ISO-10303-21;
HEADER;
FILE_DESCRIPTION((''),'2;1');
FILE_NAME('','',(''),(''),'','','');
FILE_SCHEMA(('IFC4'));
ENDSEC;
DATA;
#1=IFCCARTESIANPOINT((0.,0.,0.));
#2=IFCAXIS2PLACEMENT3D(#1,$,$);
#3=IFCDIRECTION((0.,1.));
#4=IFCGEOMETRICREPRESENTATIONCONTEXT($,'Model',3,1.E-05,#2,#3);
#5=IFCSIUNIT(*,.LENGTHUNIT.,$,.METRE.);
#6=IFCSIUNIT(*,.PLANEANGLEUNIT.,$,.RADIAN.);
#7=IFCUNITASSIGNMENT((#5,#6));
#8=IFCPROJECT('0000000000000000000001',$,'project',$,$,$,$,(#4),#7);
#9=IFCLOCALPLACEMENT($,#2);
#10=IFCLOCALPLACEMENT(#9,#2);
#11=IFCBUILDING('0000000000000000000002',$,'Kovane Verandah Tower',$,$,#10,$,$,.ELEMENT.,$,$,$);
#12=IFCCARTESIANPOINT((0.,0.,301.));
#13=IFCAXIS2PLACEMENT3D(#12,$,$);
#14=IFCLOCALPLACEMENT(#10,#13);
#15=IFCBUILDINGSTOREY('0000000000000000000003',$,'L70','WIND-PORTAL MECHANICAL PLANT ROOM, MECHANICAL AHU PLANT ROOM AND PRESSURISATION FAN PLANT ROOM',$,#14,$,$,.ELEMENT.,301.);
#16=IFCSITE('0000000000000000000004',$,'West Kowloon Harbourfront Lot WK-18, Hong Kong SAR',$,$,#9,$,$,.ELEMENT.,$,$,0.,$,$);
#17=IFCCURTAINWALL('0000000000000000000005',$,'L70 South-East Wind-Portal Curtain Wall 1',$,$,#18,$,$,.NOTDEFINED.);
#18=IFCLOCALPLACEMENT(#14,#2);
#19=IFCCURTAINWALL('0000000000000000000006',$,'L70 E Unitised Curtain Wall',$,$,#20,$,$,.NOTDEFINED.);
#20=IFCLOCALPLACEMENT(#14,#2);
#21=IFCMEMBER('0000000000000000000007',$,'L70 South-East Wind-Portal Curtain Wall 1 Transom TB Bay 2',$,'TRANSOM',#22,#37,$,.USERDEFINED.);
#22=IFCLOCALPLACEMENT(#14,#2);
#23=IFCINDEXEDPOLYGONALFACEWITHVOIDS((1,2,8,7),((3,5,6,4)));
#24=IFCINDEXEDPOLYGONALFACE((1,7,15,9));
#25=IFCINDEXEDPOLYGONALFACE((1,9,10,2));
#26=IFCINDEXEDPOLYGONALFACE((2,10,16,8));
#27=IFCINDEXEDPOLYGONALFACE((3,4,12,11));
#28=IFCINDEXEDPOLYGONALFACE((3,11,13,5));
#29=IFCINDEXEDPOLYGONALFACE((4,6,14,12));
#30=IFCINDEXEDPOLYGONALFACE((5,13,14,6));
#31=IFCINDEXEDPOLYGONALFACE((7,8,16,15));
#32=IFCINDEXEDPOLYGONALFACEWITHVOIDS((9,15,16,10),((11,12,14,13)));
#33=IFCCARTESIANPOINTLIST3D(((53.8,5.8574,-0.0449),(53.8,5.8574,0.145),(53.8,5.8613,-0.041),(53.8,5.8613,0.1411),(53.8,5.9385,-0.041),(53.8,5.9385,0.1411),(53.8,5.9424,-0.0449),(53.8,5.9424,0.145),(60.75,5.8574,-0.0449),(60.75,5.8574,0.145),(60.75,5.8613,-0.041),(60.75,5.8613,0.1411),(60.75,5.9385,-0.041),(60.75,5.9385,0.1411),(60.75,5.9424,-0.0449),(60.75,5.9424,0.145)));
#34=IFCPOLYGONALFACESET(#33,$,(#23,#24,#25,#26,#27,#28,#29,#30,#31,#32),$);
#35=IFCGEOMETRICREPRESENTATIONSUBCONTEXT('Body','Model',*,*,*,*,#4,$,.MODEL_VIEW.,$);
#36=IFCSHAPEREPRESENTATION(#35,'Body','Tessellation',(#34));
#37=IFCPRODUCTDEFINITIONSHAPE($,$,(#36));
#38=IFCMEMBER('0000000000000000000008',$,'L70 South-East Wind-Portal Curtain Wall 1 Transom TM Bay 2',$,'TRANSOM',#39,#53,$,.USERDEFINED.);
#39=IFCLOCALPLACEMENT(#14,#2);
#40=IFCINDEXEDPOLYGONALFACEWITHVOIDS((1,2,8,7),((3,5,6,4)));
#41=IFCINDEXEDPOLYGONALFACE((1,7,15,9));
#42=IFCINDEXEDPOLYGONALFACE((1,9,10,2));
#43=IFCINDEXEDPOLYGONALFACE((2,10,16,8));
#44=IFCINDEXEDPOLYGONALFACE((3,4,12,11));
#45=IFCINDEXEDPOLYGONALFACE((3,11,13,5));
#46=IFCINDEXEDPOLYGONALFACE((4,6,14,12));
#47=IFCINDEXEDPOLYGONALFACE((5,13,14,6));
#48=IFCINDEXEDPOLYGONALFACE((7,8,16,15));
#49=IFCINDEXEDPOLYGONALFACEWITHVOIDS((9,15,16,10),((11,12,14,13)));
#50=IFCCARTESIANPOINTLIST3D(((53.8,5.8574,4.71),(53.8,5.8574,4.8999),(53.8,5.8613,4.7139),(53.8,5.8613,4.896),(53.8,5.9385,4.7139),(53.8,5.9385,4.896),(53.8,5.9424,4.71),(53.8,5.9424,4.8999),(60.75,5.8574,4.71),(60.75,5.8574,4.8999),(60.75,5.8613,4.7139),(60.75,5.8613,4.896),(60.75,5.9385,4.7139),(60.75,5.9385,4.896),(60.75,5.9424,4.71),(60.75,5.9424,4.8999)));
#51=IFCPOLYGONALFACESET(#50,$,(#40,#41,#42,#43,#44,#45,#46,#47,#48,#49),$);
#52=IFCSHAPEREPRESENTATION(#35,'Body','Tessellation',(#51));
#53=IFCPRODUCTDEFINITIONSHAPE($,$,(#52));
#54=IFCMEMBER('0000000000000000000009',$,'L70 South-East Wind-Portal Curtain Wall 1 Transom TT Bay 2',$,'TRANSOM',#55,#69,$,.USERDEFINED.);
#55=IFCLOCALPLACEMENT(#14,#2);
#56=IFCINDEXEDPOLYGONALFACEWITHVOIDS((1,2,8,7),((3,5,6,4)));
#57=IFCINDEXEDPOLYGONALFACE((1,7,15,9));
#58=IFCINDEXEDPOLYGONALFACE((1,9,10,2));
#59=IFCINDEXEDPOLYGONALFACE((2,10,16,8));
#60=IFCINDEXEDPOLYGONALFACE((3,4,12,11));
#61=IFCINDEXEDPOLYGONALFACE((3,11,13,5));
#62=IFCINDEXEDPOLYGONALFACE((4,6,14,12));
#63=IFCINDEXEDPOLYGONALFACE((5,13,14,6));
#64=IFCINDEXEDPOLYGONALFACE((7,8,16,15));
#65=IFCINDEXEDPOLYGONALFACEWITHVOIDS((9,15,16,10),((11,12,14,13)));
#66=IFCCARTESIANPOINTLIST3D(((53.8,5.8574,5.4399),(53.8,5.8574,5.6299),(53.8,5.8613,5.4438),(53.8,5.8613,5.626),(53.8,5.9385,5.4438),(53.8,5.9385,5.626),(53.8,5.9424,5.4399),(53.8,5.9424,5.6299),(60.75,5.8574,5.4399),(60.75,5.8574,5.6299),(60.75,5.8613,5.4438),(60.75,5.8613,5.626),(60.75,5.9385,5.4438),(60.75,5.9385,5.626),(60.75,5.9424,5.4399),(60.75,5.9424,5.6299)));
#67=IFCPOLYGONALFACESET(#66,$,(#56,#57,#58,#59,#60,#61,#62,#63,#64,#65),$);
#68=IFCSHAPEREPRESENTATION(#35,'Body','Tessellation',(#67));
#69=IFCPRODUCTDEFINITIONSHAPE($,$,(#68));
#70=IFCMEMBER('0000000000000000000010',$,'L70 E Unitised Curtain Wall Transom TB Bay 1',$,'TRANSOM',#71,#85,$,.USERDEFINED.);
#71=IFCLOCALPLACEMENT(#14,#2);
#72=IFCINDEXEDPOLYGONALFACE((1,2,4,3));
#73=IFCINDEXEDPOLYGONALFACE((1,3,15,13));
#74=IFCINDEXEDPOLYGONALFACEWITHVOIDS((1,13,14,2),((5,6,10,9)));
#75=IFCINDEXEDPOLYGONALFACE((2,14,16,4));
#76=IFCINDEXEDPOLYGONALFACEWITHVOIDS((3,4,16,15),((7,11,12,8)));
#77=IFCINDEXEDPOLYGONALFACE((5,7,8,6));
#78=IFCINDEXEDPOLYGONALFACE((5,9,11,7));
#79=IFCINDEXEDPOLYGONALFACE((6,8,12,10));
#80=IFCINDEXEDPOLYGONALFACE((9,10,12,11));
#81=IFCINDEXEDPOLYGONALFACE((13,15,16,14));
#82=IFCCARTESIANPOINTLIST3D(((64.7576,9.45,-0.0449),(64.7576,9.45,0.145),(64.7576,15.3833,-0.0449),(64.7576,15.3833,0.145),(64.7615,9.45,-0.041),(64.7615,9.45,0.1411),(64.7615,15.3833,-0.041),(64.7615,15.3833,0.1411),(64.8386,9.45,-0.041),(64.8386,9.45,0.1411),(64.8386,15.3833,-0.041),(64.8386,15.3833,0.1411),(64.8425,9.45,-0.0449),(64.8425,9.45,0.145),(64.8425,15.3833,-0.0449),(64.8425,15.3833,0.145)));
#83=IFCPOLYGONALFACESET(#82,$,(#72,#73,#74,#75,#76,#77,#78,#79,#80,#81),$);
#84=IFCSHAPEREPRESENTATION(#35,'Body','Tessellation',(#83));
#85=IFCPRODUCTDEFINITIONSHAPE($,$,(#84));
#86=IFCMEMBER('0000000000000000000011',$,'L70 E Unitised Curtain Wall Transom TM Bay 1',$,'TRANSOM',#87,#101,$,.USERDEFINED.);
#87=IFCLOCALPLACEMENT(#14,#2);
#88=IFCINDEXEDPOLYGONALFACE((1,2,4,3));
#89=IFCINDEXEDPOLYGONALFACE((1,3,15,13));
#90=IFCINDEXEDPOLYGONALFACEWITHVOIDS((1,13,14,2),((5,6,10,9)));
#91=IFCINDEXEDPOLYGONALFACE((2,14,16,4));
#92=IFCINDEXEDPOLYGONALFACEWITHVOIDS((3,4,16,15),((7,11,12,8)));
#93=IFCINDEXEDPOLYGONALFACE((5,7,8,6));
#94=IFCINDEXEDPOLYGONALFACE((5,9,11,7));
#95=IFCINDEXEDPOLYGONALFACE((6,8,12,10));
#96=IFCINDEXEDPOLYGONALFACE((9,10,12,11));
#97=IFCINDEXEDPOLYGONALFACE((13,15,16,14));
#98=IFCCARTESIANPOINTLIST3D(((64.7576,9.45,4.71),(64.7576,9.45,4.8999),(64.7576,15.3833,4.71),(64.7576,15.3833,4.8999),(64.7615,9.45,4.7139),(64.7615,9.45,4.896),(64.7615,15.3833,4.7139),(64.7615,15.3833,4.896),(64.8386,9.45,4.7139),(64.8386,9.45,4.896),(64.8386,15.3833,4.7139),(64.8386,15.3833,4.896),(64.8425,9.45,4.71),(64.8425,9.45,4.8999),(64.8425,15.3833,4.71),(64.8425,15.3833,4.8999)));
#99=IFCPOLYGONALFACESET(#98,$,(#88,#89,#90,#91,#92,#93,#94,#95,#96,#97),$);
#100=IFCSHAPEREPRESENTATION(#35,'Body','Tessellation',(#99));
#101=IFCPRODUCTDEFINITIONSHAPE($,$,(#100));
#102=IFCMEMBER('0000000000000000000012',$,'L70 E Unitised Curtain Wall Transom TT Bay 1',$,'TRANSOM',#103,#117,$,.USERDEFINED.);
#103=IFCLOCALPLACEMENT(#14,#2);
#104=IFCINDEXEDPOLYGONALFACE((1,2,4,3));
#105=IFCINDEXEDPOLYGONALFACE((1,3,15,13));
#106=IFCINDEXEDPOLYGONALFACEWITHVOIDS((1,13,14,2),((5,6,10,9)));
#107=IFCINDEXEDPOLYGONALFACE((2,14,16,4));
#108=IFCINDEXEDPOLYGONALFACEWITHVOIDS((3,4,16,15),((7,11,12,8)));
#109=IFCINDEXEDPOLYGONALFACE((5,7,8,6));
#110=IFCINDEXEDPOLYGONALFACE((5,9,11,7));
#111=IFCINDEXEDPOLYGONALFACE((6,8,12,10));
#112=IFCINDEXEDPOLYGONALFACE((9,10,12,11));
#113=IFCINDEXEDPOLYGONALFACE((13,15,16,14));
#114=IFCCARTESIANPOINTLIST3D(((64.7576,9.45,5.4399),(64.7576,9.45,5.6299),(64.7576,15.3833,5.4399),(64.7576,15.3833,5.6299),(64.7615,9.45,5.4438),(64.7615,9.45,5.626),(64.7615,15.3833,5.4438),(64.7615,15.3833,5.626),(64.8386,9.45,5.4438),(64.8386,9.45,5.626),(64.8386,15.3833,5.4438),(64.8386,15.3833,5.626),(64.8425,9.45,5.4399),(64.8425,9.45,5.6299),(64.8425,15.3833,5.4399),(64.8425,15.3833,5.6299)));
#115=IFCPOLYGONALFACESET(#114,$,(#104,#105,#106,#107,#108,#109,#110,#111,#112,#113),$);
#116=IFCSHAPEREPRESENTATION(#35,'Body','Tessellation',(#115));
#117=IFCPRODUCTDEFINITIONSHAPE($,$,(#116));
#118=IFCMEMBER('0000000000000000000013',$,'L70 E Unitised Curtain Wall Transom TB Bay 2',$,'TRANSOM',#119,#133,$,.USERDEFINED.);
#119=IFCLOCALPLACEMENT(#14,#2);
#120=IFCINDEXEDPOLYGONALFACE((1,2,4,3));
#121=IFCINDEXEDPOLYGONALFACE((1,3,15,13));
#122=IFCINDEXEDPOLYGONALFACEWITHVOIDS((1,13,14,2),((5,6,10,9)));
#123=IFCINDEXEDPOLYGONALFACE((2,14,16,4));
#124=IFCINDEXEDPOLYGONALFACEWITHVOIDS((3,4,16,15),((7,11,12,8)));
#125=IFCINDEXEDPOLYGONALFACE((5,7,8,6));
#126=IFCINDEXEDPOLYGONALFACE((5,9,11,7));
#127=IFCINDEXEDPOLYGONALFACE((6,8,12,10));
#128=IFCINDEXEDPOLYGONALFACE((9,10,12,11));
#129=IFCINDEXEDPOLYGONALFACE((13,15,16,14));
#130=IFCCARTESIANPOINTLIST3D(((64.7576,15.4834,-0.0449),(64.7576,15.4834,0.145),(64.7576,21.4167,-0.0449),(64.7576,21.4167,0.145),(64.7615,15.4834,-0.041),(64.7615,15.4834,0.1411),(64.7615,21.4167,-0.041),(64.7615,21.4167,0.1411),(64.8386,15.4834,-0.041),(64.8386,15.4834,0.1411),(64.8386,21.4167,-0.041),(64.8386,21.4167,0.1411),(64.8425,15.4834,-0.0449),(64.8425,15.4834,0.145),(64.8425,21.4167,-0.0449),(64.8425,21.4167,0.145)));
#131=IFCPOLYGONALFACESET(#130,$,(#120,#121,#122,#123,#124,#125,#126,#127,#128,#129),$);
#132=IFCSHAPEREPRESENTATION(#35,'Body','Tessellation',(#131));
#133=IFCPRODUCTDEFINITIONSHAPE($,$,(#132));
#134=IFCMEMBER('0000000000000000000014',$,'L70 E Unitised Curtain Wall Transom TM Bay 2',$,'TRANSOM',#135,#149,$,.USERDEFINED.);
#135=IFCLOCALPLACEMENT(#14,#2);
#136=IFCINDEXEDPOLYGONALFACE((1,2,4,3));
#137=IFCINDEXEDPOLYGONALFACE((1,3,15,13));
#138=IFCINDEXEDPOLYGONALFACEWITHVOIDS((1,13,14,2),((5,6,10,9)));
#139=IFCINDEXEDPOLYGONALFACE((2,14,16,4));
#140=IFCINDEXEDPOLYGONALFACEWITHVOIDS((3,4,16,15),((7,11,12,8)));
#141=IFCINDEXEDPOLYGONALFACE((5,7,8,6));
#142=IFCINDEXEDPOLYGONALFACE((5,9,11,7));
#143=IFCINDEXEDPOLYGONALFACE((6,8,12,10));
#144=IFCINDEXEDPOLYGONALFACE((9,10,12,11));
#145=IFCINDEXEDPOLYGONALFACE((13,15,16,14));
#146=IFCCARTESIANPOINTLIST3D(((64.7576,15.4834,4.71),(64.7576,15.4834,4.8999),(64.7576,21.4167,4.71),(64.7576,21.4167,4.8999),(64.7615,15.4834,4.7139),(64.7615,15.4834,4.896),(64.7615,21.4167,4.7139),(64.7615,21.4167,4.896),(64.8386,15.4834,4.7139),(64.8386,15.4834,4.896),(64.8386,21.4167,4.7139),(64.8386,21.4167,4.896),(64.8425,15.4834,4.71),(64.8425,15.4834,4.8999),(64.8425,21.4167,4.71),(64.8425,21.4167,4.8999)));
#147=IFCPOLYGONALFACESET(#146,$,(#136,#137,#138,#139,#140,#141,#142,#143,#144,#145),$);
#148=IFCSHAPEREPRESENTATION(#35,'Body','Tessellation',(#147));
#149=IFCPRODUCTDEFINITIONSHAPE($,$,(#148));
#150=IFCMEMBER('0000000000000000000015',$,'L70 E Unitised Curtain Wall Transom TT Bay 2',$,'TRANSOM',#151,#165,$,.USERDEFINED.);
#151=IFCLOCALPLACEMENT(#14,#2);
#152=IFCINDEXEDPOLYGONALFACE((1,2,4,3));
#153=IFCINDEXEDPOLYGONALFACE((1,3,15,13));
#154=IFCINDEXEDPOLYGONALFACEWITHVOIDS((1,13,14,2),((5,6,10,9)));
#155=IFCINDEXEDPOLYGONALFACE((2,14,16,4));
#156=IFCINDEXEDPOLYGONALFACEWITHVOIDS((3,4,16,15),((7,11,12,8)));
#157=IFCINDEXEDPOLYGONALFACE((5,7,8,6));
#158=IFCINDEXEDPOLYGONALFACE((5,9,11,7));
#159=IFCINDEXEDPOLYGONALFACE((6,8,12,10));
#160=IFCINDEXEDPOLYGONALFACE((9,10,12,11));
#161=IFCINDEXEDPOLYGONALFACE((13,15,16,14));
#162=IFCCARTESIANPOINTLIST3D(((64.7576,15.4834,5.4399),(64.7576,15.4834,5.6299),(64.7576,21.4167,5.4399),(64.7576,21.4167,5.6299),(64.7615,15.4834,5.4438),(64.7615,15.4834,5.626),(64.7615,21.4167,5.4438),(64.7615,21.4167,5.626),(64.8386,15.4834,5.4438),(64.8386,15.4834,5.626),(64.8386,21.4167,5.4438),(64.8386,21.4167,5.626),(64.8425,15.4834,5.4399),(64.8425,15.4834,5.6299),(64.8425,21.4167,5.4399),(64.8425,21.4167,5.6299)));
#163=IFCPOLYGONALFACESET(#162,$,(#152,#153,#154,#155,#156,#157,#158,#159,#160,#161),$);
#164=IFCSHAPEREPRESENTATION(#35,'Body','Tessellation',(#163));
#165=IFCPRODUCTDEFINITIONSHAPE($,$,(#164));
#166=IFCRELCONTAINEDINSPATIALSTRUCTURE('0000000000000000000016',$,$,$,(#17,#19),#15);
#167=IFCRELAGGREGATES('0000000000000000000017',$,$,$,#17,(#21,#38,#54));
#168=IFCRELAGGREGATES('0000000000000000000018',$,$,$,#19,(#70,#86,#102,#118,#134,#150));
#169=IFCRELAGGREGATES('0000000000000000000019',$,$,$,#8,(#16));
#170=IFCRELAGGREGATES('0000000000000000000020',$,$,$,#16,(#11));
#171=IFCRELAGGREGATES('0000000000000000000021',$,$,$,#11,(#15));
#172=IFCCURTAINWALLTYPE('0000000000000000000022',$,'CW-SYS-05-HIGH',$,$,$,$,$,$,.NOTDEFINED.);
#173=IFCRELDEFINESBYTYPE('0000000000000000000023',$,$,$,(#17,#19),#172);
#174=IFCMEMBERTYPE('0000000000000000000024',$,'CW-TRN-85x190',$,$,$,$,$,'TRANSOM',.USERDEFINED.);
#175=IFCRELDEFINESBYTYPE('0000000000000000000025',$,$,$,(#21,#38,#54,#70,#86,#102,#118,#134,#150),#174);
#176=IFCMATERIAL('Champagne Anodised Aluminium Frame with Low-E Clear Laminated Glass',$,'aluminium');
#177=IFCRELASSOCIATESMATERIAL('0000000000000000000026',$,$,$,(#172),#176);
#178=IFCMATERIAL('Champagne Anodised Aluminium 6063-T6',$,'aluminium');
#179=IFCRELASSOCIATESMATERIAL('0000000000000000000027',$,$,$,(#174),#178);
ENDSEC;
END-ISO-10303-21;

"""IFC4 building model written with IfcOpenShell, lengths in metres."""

from ifc_helpers import new_model, si_unit, direction, frame, origin, origin_2d, place, context, subcontext, project, spatial, hollow_rectangle, extrude, material, material_profile, profile_set, type_object, element, aggregate, save


model = new_model("IFC4")

# Units and contexts
model_context = context("Model", 3, precision=1e-05, world=origin(), true_north=direction((0.0, 1.0)))
body_context = subcontext(model_context, "Body", "Model", "MODEL_VIEW")
ifc_project = project(units=[si_unit("LENGTHUNIT", "METRE"), si_unit("PLANEANGLEUNIT", "RADIAN")], contexts=[model_context])

# Site, building, storey
site_placement = place(None, origin())
site = spatial("IfcSite", under=ifc_project, at=site_placement, Name="West Kowloon Harbourfront Lot WK-18, Hong Kong SAR", CompositionType="ELEMENT", RefElevation=0.0)
building_placement = place(site_placement, origin())
building = spatial("IfcBuilding", under=site, at=building_placement, Name="Kovane Verandah Tower", CompositionType="ELEMENT")
storey_placement = place(building_placement, frame((0.0, 0.0, 301.0)))
storey = spatial("IfcBuildingStorey", under=building, at=storey_placement, Name="L70", Description="WIND-PORTAL MECHANICAL PLANT ROOM, MECHANICAL AHU PLANT ROOM AND PRESSURISATION FAN PLANT ROOM", CompositionType="ELEMENT", Elevation=301.0)

# Curtain walls
ifc_material_1 = material(Name="Champagne Anodised Aluminium Frame with Low-E Clear Laminated Glass", Category="aluminium")
curtain_wall_type = type_object("IfcCurtainWallType", Name="CW-SYS-05-HIGH", PredefinedType="NOTDEFINED", material=ifc_material_1)
curtain_wall_1_placement = place(storey_placement, origin())
curtain_wall_1 = element("IfcCurtainWall", 1, at=curtain_wall_1_placement, inside=storey, type_object=curtain_wall_type, Name="L70 South-East Wind-Portal Curtain Wall 1", PredefinedType="NOTDEFINED")
ifc_material_2 = material(Name="Champagne Anodised Aluminium 6063-T6", Category="aluminium")
curtain_wall_2_placement = place(storey_placement, origin())
curtain_wall_2 = element("IfcCurtainWall", 2, at=curtain_wall_2_placement, inside=storey, type_object=curtain_wall_type, Name="L70 E Unitised Curtain Wall", PredefinedType="NOTDEFINED")

# Members
ifc_material_profile_1 = material_profile(ifc_material_2, hollow_rectangle(XDim=0.085, YDim=0.1899, WallThickness=0.0039, at=origin_2d()), Name="AL85x190x4")
ifc_profile_set_1 = profile_set([ifc_material_profile_1], Name="Champagne Anodised Aluminium 6063-T6")
member_type_1 = type_object("IfcMemberType", Name="CW-TRN-85x190", ElementType="TRANSOM", PredefinedType="USERDEFINED", material=ifc_profile_set_1)
member_1_placement = place(storey_placement, frame((53.8, 5.8999, 0.05), z_axis=(1.0, 0.0, 0.0), x_axis=(0.0, 1.0, 0.0)))
member_1 = element("IfcMember", 3, at=member_1_placement, type_object=member_type_1, Name="L70 South-East Wind-Portal Curtain Wall 1 Transom TB Bay 2", ObjectType="TRANSOM", PredefinedType="USERDEFINED", context=body_context, shape_type="SweptSolid", body=[
    extrude(hollow_rectangle(XDim=0.085, YDim=0.1899, WallThickness=0.0039, at=origin_2d()), origin(), (0.0, 0.0, 1.0), 6.95),
])
member_2_placement = place(storey_placement, frame((53.8, 5.8999, 4.8049), z_axis=(1.0, 0.0, 0.0), x_axis=(0.0, 1.0, 0.0)))
member_2 = element("IfcMember", 4, at=member_2_placement, type_object=member_type_1, Name="L70 South-East Wind-Portal Curtain Wall 1 Transom TM Bay 2", ObjectType="TRANSOM", PredefinedType="USERDEFINED", context=body_context, shape_type="SweptSolid", body=[
    extrude(hollow_rectangle(XDim=0.085, YDim=0.1899, WallThickness=0.0039, at=origin_2d()), origin(), (0.0, 0.0, 1.0), 6.95),
])
member_3_placement = place(storey_placement, frame((53.8, 5.8999, 5.5349), z_axis=(1.0, 0.0, 0.0), x_axis=(0.0, 1.0, 0.0)))
member_3 = element("IfcMember", 5, at=member_3_placement, type_object=member_type_1, Name="L70 South-East Wind-Portal Curtain Wall 1 Transom TT Bay 2", ObjectType="TRANSOM", PredefinedType="USERDEFINED", context=body_context, shape_type="SweptSolid", body=[
    extrude(hollow_rectangle(XDim=0.085, YDim=0.1899, WallThickness=0.0039, at=origin_2d()), origin(), (0.0, 0.0, 1.0), 6.95),
])
member_4_placement = place(storey_placement, frame((64.8, 9.45, 0.05), z_axis=(0.0, 1.0, 0.0), x_axis=(-1.0, 0.0, 0.0)))
member_4 = element("IfcMember", 6, at=member_4_placement, type_object=member_type_1, Name="L70 E Unitised Curtain Wall Transom TB Bay 1", ObjectType="TRANSOM", PredefinedType="USERDEFINED", context=body_context, shape_type="SweptSolid", body=[
    extrude(hollow_rectangle(XDim=0.085, YDim=0.1899, WallThickness=0.0039, at=origin_2d()), origin(), (0.0, 0.0, 1.0), 5.9333),
])
member_5_placement = place(storey_placement, frame((64.8, 9.45, 4.8049), z_axis=(0.0, 1.0, 0.0), x_axis=(-1.0, 0.0, 0.0)))
member_5 = element("IfcMember", 7, at=member_5_placement, type_object=member_type_1, Name="L70 E Unitised Curtain Wall Transom TM Bay 1", ObjectType="TRANSOM", PredefinedType="USERDEFINED", context=body_context, shape_type="SweptSolid", body=[
    extrude(hollow_rectangle(XDim=0.085, YDim=0.1899, WallThickness=0.0039, at=origin_2d()), origin(), (0.0, 0.0, 1.0), 5.9333),
])
member_6_placement = place(storey_placement, frame((64.8, 9.45, 5.5349), z_axis=(0.0, 1.0, 0.0), x_axis=(-1.0, 0.0, 0.0)))
member_6 = element("IfcMember", 8, at=member_6_placement, type_object=member_type_1, Name="L70 E Unitised Curtain Wall Transom TT Bay 1", ObjectType="TRANSOM", PredefinedType="USERDEFINED", context=body_context, shape_type="SweptSolid", body=[
    extrude(hollow_rectangle(XDim=0.085, YDim=0.1899, WallThickness=0.0039, at=origin_2d()), origin(), (0.0, 0.0, 1.0), 5.9333),
])
member_7_placement = place(storey_placement, frame((64.8, 15.4834, 0.05), z_axis=(0.0, 1.0, 0.0), x_axis=(-1.0, 0.0, 0.0)))
member_7 = element("IfcMember", 9, at=member_7_placement, type_object=member_type_1, Name="L70 E Unitised Curtain Wall Transom TB Bay 2", ObjectType="TRANSOM", PredefinedType="USERDEFINED", context=body_context, shape_type="SweptSolid", body=[
    extrude(hollow_rectangle(XDim=0.085, YDim=0.1899, WallThickness=0.0039, at=origin_2d()), origin(), (0.0, 0.0, 1.0), 5.9333),
])
member_8_placement = place(storey_placement, frame((64.8, 15.4834, 4.8049), z_axis=(0.0, 1.0, 0.0), x_axis=(-1.0, 0.0, 0.0)))
member_8 = element("IfcMember", 10, at=member_8_placement, type_object=member_type_1, Name="L70 E Unitised Curtain Wall Transom TM Bay 2", ObjectType="TRANSOM", PredefinedType="USERDEFINED", context=body_context, shape_type="SweptSolid", body=[
    extrude(hollow_rectangle(XDim=0.085, YDim=0.1899, WallThickness=0.0039, at=origin_2d()), origin(), (0.0, 0.0, 1.0), 5.9333),
])
member_9_placement = place(storey_placement, frame((64.8, 15.4834, 5.5349), z_axis=(0.0, 1.0, 0.0), x_axis=(-1.0, 0.0, 0.0)))
member_9 = element("IfcMember", 11, at=member_9_placement, type_object=member_type_1, Name="L70 E Unitised Curtain Wall Transom TT Bay 2", ObjectType="TRANSOM", PredefinedType="USERDEFINED", context=body_context, shape_type="SweptSolid", body=[
    extrude(hollow_rectangle(XDim=0.085, YDim=0.1899, WallThickness=0.0039, at=origin_2d()), origin(), (0.0, 0.0, 1.0), 5.9333),
])

aggregate(curtain_wall_1, [member_1, member_2, member_3])
aggregate(curtain_wall_2, [member_4, member_5, member_6, member_7, member_8, member_9])

save(model, "model.ifc")
